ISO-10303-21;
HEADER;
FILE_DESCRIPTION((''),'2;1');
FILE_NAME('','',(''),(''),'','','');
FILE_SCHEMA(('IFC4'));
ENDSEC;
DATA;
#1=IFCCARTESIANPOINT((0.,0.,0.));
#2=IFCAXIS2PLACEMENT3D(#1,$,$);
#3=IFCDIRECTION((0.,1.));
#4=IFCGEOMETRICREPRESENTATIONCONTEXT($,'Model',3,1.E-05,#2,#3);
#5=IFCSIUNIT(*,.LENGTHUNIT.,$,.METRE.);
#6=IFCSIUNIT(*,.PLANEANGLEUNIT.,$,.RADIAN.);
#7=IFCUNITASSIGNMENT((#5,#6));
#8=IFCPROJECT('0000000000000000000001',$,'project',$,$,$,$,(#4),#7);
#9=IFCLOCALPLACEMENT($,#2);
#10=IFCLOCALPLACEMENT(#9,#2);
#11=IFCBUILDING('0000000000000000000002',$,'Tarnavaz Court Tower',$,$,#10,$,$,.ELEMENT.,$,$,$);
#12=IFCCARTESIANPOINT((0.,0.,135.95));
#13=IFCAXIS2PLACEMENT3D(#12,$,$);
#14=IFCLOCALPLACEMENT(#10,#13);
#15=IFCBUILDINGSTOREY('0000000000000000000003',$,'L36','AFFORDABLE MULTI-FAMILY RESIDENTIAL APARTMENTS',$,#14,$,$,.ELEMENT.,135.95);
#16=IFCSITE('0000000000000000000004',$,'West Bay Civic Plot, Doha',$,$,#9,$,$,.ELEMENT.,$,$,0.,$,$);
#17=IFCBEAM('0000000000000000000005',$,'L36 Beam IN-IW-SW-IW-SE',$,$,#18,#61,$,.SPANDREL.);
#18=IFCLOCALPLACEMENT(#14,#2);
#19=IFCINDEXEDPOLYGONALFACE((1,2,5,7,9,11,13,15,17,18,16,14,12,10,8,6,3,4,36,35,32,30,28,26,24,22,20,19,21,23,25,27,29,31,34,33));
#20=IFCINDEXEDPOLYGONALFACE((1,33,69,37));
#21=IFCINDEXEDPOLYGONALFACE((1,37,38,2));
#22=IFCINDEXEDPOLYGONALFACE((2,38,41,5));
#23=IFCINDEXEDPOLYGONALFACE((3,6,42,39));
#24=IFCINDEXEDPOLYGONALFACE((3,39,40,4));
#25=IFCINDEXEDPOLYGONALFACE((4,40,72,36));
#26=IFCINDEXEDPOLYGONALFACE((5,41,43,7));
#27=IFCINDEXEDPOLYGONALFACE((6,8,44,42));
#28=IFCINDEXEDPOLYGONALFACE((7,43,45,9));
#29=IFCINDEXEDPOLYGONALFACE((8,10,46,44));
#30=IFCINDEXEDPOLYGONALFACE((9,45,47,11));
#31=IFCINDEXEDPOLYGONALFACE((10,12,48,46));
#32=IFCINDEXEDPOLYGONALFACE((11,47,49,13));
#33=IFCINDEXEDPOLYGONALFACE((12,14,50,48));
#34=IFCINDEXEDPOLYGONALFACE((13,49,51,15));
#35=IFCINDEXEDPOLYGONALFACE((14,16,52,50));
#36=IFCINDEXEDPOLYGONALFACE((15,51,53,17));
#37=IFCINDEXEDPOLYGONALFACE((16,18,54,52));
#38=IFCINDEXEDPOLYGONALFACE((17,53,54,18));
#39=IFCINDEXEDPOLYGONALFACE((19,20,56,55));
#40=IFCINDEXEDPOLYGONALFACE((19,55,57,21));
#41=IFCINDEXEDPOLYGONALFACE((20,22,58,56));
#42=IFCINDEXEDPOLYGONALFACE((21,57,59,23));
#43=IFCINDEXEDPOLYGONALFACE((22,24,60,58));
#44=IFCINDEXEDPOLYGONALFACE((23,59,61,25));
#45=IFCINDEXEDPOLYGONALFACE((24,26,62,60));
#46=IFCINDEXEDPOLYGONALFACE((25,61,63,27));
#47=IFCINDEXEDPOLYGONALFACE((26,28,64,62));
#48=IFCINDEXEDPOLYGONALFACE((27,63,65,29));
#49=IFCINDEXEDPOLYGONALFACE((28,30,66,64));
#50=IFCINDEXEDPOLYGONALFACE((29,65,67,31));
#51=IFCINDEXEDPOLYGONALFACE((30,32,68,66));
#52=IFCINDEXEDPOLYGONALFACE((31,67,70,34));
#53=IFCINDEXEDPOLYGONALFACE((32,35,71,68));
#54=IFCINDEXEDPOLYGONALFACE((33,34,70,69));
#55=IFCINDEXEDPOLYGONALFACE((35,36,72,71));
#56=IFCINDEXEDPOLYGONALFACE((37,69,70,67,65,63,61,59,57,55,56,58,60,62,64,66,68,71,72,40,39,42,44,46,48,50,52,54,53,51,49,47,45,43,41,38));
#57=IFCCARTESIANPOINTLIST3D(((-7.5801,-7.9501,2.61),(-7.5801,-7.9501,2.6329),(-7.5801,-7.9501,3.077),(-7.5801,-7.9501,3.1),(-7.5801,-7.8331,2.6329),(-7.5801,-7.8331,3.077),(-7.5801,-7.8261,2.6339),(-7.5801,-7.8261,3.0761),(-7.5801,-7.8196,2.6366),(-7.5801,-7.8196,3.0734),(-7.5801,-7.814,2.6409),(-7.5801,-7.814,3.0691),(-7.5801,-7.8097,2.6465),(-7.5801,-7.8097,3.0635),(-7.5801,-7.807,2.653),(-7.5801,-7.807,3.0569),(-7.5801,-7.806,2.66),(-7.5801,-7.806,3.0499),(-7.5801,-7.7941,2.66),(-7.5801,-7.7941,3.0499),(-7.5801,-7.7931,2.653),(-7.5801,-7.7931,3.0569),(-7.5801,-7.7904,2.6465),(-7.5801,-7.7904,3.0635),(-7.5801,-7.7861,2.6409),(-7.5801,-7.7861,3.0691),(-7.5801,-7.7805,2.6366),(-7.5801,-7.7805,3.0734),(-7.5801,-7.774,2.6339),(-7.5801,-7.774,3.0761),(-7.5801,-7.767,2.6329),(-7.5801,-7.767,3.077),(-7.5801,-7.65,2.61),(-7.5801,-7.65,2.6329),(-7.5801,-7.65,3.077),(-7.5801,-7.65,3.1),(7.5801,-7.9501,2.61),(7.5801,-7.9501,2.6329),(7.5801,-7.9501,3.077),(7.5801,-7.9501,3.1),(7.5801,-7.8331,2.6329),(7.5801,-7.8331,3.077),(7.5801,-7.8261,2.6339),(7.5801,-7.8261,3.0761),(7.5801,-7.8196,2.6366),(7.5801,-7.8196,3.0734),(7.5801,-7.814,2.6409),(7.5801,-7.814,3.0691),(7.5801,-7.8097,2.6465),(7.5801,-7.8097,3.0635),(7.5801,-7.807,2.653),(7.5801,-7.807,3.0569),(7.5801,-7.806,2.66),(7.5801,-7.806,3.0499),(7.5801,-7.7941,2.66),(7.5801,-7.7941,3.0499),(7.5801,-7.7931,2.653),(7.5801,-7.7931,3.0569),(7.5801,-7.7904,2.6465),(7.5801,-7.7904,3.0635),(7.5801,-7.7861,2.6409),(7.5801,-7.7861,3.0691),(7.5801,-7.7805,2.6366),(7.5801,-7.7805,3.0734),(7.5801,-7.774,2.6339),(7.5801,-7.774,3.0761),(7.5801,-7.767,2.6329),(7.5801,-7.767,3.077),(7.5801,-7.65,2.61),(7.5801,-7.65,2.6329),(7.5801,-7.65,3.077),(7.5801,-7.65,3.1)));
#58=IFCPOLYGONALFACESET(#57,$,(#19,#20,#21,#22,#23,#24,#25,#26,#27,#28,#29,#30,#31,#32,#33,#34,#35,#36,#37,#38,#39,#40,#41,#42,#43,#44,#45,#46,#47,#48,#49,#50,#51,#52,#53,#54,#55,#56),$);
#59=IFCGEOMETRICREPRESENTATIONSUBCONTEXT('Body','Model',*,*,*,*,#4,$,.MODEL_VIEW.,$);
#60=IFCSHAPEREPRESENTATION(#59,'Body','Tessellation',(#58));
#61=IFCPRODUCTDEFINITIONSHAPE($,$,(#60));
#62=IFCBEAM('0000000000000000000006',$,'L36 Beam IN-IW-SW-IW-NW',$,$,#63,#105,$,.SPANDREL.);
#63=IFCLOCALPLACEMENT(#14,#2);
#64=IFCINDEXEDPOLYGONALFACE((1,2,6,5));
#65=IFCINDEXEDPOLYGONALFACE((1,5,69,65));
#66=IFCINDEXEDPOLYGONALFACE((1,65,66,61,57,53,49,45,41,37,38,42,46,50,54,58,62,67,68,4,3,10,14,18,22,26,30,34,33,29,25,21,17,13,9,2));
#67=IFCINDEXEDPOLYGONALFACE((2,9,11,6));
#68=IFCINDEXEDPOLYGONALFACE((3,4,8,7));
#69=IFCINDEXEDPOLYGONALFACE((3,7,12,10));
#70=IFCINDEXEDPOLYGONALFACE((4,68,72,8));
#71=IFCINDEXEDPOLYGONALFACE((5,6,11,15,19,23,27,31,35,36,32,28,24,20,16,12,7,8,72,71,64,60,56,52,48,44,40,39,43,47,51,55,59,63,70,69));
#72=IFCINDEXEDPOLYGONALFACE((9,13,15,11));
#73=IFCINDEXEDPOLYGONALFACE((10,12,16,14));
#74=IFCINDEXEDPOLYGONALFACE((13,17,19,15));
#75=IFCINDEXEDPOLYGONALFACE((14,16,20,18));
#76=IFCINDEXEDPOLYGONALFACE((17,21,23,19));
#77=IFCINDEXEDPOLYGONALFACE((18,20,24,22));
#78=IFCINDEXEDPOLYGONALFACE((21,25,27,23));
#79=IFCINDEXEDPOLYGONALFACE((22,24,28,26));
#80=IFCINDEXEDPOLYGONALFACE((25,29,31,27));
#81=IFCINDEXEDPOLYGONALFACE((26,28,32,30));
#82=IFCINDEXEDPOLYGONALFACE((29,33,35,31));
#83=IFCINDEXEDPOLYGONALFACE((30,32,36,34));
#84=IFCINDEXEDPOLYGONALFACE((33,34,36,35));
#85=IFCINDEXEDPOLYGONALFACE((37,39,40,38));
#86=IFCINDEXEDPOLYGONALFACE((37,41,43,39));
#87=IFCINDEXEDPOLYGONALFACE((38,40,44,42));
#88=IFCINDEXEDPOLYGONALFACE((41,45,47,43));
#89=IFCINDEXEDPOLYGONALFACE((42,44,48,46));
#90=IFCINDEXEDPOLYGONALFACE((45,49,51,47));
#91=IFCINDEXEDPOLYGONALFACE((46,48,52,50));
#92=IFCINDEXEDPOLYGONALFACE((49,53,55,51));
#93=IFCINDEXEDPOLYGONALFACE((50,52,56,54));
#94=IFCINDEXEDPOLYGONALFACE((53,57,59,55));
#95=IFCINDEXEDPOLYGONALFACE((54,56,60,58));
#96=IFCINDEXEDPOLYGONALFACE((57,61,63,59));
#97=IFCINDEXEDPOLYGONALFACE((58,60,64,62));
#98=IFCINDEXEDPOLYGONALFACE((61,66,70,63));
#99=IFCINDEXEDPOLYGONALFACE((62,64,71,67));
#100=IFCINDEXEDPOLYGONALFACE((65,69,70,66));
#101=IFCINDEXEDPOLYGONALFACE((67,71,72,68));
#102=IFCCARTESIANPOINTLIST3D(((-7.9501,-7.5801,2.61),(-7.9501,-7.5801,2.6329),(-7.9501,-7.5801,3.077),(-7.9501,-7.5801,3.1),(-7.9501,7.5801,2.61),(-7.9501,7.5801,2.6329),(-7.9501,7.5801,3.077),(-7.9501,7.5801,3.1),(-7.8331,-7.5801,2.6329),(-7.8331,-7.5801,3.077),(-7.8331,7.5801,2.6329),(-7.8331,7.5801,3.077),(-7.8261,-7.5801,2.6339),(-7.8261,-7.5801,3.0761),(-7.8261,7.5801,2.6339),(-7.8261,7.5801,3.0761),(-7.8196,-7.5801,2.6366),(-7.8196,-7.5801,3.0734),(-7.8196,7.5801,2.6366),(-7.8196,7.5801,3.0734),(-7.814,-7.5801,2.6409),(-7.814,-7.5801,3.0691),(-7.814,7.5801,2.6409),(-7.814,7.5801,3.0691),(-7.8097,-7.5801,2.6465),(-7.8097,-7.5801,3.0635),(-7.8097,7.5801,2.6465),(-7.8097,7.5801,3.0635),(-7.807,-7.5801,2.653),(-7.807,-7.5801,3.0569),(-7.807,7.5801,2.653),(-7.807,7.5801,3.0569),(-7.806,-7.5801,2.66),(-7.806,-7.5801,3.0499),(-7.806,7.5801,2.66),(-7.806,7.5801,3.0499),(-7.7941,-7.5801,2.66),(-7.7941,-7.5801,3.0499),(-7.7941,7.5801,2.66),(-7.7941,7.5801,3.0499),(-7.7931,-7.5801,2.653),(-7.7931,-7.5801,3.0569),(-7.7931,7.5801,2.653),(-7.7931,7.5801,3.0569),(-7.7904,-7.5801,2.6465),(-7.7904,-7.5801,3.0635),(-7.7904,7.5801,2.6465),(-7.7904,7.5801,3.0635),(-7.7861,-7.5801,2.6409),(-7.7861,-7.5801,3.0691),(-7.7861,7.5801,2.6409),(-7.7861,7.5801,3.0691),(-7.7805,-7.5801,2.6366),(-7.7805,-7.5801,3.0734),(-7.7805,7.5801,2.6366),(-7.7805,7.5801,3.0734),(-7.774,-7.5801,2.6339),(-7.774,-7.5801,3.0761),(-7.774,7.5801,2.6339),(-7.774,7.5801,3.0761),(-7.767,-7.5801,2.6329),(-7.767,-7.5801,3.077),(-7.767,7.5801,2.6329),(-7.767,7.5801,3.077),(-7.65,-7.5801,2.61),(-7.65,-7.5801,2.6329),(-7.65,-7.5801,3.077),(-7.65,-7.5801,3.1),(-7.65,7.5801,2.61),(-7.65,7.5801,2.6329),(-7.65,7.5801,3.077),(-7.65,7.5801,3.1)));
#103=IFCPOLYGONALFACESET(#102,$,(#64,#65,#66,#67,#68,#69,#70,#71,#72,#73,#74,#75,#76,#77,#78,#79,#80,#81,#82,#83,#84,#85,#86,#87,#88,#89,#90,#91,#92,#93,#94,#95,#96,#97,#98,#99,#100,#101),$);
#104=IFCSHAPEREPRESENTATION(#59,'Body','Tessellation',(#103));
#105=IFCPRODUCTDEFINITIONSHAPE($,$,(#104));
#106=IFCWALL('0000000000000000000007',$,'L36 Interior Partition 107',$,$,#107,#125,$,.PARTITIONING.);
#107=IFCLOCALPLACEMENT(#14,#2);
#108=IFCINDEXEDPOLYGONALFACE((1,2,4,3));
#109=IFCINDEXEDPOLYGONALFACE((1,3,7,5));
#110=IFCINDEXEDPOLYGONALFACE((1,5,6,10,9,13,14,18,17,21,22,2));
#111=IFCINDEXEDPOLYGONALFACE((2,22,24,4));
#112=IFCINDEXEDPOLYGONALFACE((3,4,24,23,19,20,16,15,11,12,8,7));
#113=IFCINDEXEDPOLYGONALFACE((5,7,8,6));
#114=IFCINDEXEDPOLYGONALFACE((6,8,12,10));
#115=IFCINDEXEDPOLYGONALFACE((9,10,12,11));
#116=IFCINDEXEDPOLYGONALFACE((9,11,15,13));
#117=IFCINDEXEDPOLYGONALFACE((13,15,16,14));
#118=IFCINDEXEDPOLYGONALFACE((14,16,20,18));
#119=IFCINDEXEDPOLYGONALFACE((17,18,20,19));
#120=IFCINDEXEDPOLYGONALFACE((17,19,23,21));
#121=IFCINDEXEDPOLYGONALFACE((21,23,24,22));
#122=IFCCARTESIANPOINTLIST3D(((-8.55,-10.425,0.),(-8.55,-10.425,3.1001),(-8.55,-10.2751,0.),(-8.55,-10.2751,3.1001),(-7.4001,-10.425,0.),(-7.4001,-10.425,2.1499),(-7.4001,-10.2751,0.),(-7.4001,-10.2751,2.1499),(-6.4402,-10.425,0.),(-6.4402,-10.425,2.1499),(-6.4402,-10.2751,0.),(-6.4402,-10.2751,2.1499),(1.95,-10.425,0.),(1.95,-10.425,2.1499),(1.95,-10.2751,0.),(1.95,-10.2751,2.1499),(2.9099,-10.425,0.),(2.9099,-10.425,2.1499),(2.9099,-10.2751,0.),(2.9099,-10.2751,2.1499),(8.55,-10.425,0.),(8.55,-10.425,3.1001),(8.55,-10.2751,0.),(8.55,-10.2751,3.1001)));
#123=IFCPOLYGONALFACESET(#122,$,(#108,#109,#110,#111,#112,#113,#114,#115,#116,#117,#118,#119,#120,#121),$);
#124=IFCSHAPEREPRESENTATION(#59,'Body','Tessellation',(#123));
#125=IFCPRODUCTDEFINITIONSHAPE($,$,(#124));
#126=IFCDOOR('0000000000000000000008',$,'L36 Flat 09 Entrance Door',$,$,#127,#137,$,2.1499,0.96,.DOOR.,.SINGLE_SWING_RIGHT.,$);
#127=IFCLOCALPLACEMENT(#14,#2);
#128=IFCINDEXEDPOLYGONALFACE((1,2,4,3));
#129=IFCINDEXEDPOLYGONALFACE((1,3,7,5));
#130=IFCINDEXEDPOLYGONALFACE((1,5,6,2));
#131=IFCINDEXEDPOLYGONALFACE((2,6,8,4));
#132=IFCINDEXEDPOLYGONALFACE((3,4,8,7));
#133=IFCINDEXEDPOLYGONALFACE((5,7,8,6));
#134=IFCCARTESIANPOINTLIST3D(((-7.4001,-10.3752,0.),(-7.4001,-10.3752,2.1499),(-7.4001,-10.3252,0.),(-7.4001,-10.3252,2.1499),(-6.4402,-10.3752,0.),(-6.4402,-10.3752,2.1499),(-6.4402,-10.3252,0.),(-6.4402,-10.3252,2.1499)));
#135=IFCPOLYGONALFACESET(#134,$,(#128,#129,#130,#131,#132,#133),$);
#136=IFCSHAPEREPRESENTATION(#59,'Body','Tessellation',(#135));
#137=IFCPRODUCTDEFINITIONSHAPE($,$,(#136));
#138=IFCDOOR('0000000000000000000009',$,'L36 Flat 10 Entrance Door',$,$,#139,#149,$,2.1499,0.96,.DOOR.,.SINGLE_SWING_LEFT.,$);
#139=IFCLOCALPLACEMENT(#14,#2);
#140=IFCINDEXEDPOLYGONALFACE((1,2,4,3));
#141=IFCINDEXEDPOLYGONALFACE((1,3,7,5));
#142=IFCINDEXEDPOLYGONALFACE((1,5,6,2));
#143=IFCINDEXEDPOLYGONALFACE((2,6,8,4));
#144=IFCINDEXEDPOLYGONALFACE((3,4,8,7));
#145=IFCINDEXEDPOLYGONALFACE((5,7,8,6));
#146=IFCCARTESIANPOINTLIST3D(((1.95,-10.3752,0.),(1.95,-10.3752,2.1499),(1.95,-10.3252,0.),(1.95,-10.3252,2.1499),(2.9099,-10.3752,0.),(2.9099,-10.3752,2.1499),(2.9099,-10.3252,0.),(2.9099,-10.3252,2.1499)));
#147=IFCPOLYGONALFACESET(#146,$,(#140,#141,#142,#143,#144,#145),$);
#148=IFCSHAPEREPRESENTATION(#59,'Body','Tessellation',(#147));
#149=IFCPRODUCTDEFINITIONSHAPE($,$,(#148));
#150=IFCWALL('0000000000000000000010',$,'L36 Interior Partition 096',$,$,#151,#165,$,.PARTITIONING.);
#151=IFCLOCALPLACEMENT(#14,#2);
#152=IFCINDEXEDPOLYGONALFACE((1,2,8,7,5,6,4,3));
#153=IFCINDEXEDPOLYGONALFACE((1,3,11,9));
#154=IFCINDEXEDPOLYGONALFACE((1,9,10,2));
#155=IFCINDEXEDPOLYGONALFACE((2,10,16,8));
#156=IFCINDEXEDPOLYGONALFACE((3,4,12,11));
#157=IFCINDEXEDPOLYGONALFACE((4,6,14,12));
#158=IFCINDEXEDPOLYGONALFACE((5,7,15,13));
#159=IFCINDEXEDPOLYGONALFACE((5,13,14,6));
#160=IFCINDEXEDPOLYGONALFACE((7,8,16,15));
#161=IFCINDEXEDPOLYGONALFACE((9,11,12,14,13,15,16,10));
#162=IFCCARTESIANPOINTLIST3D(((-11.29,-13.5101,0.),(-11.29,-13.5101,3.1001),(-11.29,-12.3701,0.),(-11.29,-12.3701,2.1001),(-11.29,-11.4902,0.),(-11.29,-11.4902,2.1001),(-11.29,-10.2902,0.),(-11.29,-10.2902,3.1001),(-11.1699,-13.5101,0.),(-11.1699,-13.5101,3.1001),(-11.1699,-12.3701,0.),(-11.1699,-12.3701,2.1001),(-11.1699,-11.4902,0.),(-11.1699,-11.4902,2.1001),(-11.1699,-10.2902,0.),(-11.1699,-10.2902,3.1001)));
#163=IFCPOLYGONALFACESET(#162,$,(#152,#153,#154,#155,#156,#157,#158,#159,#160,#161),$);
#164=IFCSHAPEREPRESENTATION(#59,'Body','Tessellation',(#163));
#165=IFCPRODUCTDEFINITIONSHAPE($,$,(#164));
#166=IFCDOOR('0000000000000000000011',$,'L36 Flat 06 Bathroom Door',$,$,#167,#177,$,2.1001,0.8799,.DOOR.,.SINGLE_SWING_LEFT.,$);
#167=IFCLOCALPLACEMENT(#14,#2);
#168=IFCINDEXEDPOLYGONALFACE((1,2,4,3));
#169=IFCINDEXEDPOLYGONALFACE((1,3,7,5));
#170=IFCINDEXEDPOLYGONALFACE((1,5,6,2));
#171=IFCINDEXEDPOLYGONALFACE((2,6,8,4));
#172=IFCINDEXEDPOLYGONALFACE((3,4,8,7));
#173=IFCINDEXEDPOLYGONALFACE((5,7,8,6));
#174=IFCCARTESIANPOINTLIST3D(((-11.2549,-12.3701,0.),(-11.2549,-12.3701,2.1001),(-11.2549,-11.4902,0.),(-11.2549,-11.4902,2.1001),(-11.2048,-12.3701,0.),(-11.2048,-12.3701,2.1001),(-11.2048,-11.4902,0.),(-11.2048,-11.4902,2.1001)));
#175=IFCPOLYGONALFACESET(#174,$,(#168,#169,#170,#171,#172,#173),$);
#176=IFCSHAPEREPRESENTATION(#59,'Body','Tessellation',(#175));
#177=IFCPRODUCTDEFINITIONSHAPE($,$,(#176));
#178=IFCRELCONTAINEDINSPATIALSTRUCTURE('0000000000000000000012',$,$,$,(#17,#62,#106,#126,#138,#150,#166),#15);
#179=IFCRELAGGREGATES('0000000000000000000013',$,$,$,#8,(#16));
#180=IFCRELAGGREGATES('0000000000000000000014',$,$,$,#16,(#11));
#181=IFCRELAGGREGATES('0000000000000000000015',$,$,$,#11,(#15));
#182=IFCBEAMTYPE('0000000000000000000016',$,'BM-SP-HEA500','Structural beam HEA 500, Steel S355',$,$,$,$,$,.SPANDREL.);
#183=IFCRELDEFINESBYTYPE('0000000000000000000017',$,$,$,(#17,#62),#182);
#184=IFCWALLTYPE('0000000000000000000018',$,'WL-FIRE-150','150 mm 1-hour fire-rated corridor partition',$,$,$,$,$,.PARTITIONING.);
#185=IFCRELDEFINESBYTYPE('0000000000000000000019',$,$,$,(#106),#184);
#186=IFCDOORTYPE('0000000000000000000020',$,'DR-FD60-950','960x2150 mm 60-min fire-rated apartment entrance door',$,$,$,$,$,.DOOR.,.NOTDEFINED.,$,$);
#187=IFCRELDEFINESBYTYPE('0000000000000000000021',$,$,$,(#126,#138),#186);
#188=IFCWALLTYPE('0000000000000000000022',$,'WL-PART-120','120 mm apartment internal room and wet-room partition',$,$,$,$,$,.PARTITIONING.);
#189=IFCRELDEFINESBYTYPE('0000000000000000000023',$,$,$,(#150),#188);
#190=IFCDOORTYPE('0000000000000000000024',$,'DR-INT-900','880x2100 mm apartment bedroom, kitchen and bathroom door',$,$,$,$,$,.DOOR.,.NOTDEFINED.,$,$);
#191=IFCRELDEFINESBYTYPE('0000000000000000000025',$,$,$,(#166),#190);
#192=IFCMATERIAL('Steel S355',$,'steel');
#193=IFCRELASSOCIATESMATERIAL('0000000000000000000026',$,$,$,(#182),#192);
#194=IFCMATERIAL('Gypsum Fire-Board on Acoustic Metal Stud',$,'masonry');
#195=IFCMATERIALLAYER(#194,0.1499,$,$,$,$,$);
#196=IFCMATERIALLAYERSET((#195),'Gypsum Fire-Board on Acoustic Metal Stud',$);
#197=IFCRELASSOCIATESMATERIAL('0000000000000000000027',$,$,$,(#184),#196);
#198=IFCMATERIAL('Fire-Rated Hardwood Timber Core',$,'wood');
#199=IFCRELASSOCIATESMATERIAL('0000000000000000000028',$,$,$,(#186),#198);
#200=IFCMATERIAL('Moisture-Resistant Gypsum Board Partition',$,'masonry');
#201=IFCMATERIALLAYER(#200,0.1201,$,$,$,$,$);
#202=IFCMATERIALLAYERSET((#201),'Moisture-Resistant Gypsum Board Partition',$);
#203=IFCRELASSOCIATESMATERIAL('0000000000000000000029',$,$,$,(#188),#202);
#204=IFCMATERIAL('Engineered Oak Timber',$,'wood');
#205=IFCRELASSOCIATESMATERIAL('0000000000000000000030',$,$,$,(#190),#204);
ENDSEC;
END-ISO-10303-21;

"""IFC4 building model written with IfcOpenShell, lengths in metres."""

from ifc_helpers import new_model, si_unit, direction, frame, frame_2d, origin, origin_2d, place, context, subcontext, project, spatial, rectangle, i_section, extrude, material, layer, layer_set, material_profile, profile_set, type_object, element, fill, save


model = new_model("IFC4")

# Units and contexts
model_context = context("Model", 3, precision=1e-05, world=origin(), true_north=direction((0.0, 1.0)))
body_context = subcontext(model_context, "Body", "Model", "MODEL_VIEW")
ifc_project = project(units=[si_unit("LENGTHUNIT", "METRE"), si_unit("PLANEANGLEUNIT", "RADIAN")], contexts=[model_context])

# Site, building, storey
site_placement = place(None, origin())
site = spatial("IfcSite", under=ifc_project, at=site_placement, Name="West Bay Civic Plot, Doha", CompositionType="ELEMENT", RefElevation=0.0)
building_placement = place(site_placement, origin())
building = spatial("IfcBuilding", under=site, at=building_placement, Name="Tarnavaz Court Tower", CompositionType="ELEMENT")
storey_placement = place(building_placement, frame((0.0, 0.0, 135.95)))
storey = spatial("IfcBuildingStorey", under=building, at=storey_placement, Name="L36", Description="AFFORDABLE MULTI-FAMILY RESIDENTIAL APARTMENTS", CompositionType="ELEMENT", Elevation=135.95)

# Beams
ifc_material_1 = material(Name="Steel S355", Category="steel")
ifc_material_profile_1 = material_profile(ifc_material_1, i_section(OverallWidth=0.3, OverallDepth=0.49, WebThickness=0.012, FlangeThickness=0.0229, FilletRadius=0.0271, at=origin_2d()), Name="HEA 500")
ifc_profile_set_1 = profile_set([ifc_material_profile_1], Name="Steel S355")
beam_type_1 = type_object("IfcBeamType", Name="BM-SP-HEA500", Description="Structural beam HEA 500, Steel S355", PredefinedType="SPANDREL", material=ifc_profile_set_1)
for number, where, z_axis, x_axis, name in (
    (1, (-7.5801, -7.8, 2.855), (1.0, 0.0, 0.0), (0.0, 1.0, 0.0), "L36 Beam IN-IW-SW-IW-SE"),
    (2, (-7.8, -7.5801, 2.855), (0.0, 1.0, 0.0), (-1.0, 0.0, 0.0), "L36 Beam IN-IW-SW-IW-NW"),
):
    element("IfcBeam", number, at=place(storey_placement, frame(where, z_axis=z_axis, x_axis=x_axis)), inside=storey, type_object=beam_type_1, Name=name, PredefinedType="SPANDREL", context=body_context, shape_type="SweptSolid", body=[
        extrude(i_section(OverallWidth=0.3, OverallDepth=0.49, WebThickness=0.012, FlangeThickness=0.0229, FilletRadius=0.0271, at=origin_2d()), origin(), (0.0, 0.0, 1.0), 15.1602),
    ])

# Wall, openings, doors
ifc_material_2 = material(Name="Gypsum Fire-Board on Acoustic Metal Stud", Category="masonry")
ifc_layer_1 = layer(ifc_material_2, 0.1499)
ifc_layer_set_1 = layer_set([ifc_layer_1], Name="Gypsum Fire-Board on Acoustic Metal Stud")
wall_type_1 = type_object("IfcWallType", Name="WL-FIRE-150", Description="150 mm 1-hour fire-rated corridor partition", PredefinedType="PARTITIONING", material=ifc_layer_set_1)
wall_1_placement = place(storey_placement, frame((-8.55, -10.3501, 0.0), z_axis=(0.0, 0.0, 1.0), x_axis=(1.0, 0.0, 0.0)))
wall_1 = element("IfcWall", 3, at=wall_1_placement, inside=storey, type_object=wall_type_1, Name="L36 Interior Partition 107", PredefinedType="PARTITIONING", context=body_context, shape_type="SweptSolid", body=[
    extrude(rectangle(XDim=17.1001, YDim=0.1499, at=frame_2d((8.55, 0.0))), origin(), (0.0, 0.0, 1.0), 3.1001),
])
opening_1_placement = place(wall_1_placement, frame((1.1499, 0.0, 0.0)))
opening_1 = element("IfcOpeningElement", 4, at=opening_1_placement, cuts=wall_1, PredefinedType="OPENING", context=body_context, shape_type="SweptSolid", body=[
    extrude(rectangle(XDim=0.96, YDim=2.1499, at=frame_2d((0.48, 1.075))), frame((0.0, 0.085, 0.0), z_axis=(0.0, -1.0, 0.0), x_axis=(1.0, 0.0, 0.0)), (0.0, 0.0, 1.0), 0.1699),
])
opening_2_placement = place(wall_1_placement, frame((10.5, 0.0, 0.0)))
opening_2 = element("IfcOpeningElement", 5, at=opening_2_placement, cuts=wall_1, PredefinedType="OPENING", context=body_context, shape_type="SweptSolid", body=[
    extrude(rectangle(XDim=0.96, YDim=2.1499, at=frame_2d((0.48, 1.075))), frame((0.0, 0.085, 0.0), z_axis=(0.0, -1.0, 0.0), x_axis=(1.0, 0.0, 0.0)), (0.0, 0.0, 1.0), 0.1699),
])
ifc_material_3 = material(Name="Fire-Rated Hardwood Timber Core", Category="wood")
door_type_1 = type_object("IfcDoorType", Name="DR-FD60-950", Description="960x2150 mm 60-min fire-rated apartment entrance door", OperationType="NOTDEFINED", PredefinedType="DOOR", material=ifc_material_3)
door_1_placement = place(opening_1_placement, origin())
door_1 = element("IfcDoor", 6, at=door_1_placement, inside=storey, type_object=door_type_1, Name="L36 Flat 09 Entrance Door", OperationType="SINGLE_SWING_RIGHT", OverallHeight=2.1499, OverallWidth=0.96, PredefinedType="DOOR", context=body_context, shape_type="SweptSolid", body=[
    extrude(rectangle(XDim=0.96, YDim=2.1499, at=frame_2d((0.48, 1.075))), frame((0.0, 0.0249, 0.0), z_axis=(0.0, -1.0, 0.0), x_axis=(1.0, 0.0, 0.0)), (0.0, 0.0, 1.0), 0.05),
])
fill(opening_1, door_1)
door_2_placement = place(opening_2_placement, origin())
door_2 = element("IfcDoor", 7, at=door_2_placement, inside=storey, type_object=door_type_1, Name="L36 Flat 10 Entrance Door", OperationType="SINGLE_SWING_LEFT", OverallHeight=2.1499, OverallWidth=0.96, PredefinedType="DOOR", context=body_context, shape_type="SweptSolid", body=[
    extrude(rectangle(XDim=0.96, YDim=2.1499, at=frame_2d((0.48, 1.075))), frame((0.0, 0.0249, 0.0), z_axis=(0.0, -1.0, 0.0), x_axis=(1.0, 0.0, 0.0)), (0.0, 0.0, 1.0), 0.05),
])
fill(opening_2, door_2)

# Wall, opening, door
ifc_material_4 = material(Name="Moisture-Resistant Gypsum Board Partition", Category="masonry")
ifc_layer_2 = layer(ifc_material_4, 0.1201)
ifc_layer_set_2 = layer_set([ifc_layer_2], Name="Moisture-Resistant Gypsum Board Partition")
wall_type_2 = type_object("IfcWallType", Name="WL-PART-120", Description="120 mm apartment internal room and wet-room partition", PredefinedType="PARTITIONING", material=ifc_layer_set_2)
wall_2_placement = place(storey_placement, frame((-11.23, -13.51, 0.0), z_axis=(0.0, 0.0, 1.0), x_axis=(0.0, 1.0, 0.0)))
wall_2 = element("IfcWall", 8, at=wall_2_placement, inside=storey, type_object=wall_type_2, Name="L36 Interior Partition 096", PredefinedType="PARTITIONING", context=body_context, shape_type="SweptSolid", body=[
    extrude(rectangle(XDim=3.22, YDim=0.1201, at=frame_2d((1.6099, 0.0))), origin(), (0.0, 0.0, 1.0), 3.1001),
])
opening_3_placement = place(wall_2_placement, frame((1.1399, 0.0, 0.0)))
opening_3 = element("IfcOpeningElement", 9, at=opening_3_placement, cuts=wall_2, PredefinedType="OPENING", context=body_context, shape_type="SweptSolid", body=[
    extrude(rectangle(XDim=0.8799, YDim=2.1001, at=frame_2d((0.4399, 1.05))), frame((0.0, 0.0701, 0.0), z_axis=(0.0, -1.0, 0.0), x_axis=(1.0, 0.0, 0.0)), (0.0, 0.0, 1.0), 0.1401),
])
ifc_material_5 = material(Name="Engineered Oak Timber", Category="wood")
door_type_2 = type_object("IfcDoorType", Name="DR-INT-900", Description="880x2100 mm apartment bedroom, kitchen and bathroom door", OperationType="NOTDEFINED", PredefinedType="DOOR", material=ifc_material_5)
door_3_placement = place(opening_3_placement, origin())
door_3 = element("IfcDoor", 10, at=door_3_placement, inside=storey, type_object=door_type_2, Name="L36 Flat 06 Bathroom Door", OperationType="SINGLE_SWING_LEFT", OverallHeight=2.1001, OverallWidth=0.8799, PredefinedType="DOOR", context=body_context, shape_type="SweptSolid", body=[
    extrude(rectangle(XDim=0.8799, YDim=2.1001, at=frame_2d((0.4399, 1.05))), frame((0.0, 0.0249, 0.0), z_axis=(0.0, -1.0, 0.0), x_axis=(1.0, 0.0, 0.0)), (0.0, 0.0, 1.0), 0.05),
])
fill(opening_3, door_3)

save(model, "model.ifc")
